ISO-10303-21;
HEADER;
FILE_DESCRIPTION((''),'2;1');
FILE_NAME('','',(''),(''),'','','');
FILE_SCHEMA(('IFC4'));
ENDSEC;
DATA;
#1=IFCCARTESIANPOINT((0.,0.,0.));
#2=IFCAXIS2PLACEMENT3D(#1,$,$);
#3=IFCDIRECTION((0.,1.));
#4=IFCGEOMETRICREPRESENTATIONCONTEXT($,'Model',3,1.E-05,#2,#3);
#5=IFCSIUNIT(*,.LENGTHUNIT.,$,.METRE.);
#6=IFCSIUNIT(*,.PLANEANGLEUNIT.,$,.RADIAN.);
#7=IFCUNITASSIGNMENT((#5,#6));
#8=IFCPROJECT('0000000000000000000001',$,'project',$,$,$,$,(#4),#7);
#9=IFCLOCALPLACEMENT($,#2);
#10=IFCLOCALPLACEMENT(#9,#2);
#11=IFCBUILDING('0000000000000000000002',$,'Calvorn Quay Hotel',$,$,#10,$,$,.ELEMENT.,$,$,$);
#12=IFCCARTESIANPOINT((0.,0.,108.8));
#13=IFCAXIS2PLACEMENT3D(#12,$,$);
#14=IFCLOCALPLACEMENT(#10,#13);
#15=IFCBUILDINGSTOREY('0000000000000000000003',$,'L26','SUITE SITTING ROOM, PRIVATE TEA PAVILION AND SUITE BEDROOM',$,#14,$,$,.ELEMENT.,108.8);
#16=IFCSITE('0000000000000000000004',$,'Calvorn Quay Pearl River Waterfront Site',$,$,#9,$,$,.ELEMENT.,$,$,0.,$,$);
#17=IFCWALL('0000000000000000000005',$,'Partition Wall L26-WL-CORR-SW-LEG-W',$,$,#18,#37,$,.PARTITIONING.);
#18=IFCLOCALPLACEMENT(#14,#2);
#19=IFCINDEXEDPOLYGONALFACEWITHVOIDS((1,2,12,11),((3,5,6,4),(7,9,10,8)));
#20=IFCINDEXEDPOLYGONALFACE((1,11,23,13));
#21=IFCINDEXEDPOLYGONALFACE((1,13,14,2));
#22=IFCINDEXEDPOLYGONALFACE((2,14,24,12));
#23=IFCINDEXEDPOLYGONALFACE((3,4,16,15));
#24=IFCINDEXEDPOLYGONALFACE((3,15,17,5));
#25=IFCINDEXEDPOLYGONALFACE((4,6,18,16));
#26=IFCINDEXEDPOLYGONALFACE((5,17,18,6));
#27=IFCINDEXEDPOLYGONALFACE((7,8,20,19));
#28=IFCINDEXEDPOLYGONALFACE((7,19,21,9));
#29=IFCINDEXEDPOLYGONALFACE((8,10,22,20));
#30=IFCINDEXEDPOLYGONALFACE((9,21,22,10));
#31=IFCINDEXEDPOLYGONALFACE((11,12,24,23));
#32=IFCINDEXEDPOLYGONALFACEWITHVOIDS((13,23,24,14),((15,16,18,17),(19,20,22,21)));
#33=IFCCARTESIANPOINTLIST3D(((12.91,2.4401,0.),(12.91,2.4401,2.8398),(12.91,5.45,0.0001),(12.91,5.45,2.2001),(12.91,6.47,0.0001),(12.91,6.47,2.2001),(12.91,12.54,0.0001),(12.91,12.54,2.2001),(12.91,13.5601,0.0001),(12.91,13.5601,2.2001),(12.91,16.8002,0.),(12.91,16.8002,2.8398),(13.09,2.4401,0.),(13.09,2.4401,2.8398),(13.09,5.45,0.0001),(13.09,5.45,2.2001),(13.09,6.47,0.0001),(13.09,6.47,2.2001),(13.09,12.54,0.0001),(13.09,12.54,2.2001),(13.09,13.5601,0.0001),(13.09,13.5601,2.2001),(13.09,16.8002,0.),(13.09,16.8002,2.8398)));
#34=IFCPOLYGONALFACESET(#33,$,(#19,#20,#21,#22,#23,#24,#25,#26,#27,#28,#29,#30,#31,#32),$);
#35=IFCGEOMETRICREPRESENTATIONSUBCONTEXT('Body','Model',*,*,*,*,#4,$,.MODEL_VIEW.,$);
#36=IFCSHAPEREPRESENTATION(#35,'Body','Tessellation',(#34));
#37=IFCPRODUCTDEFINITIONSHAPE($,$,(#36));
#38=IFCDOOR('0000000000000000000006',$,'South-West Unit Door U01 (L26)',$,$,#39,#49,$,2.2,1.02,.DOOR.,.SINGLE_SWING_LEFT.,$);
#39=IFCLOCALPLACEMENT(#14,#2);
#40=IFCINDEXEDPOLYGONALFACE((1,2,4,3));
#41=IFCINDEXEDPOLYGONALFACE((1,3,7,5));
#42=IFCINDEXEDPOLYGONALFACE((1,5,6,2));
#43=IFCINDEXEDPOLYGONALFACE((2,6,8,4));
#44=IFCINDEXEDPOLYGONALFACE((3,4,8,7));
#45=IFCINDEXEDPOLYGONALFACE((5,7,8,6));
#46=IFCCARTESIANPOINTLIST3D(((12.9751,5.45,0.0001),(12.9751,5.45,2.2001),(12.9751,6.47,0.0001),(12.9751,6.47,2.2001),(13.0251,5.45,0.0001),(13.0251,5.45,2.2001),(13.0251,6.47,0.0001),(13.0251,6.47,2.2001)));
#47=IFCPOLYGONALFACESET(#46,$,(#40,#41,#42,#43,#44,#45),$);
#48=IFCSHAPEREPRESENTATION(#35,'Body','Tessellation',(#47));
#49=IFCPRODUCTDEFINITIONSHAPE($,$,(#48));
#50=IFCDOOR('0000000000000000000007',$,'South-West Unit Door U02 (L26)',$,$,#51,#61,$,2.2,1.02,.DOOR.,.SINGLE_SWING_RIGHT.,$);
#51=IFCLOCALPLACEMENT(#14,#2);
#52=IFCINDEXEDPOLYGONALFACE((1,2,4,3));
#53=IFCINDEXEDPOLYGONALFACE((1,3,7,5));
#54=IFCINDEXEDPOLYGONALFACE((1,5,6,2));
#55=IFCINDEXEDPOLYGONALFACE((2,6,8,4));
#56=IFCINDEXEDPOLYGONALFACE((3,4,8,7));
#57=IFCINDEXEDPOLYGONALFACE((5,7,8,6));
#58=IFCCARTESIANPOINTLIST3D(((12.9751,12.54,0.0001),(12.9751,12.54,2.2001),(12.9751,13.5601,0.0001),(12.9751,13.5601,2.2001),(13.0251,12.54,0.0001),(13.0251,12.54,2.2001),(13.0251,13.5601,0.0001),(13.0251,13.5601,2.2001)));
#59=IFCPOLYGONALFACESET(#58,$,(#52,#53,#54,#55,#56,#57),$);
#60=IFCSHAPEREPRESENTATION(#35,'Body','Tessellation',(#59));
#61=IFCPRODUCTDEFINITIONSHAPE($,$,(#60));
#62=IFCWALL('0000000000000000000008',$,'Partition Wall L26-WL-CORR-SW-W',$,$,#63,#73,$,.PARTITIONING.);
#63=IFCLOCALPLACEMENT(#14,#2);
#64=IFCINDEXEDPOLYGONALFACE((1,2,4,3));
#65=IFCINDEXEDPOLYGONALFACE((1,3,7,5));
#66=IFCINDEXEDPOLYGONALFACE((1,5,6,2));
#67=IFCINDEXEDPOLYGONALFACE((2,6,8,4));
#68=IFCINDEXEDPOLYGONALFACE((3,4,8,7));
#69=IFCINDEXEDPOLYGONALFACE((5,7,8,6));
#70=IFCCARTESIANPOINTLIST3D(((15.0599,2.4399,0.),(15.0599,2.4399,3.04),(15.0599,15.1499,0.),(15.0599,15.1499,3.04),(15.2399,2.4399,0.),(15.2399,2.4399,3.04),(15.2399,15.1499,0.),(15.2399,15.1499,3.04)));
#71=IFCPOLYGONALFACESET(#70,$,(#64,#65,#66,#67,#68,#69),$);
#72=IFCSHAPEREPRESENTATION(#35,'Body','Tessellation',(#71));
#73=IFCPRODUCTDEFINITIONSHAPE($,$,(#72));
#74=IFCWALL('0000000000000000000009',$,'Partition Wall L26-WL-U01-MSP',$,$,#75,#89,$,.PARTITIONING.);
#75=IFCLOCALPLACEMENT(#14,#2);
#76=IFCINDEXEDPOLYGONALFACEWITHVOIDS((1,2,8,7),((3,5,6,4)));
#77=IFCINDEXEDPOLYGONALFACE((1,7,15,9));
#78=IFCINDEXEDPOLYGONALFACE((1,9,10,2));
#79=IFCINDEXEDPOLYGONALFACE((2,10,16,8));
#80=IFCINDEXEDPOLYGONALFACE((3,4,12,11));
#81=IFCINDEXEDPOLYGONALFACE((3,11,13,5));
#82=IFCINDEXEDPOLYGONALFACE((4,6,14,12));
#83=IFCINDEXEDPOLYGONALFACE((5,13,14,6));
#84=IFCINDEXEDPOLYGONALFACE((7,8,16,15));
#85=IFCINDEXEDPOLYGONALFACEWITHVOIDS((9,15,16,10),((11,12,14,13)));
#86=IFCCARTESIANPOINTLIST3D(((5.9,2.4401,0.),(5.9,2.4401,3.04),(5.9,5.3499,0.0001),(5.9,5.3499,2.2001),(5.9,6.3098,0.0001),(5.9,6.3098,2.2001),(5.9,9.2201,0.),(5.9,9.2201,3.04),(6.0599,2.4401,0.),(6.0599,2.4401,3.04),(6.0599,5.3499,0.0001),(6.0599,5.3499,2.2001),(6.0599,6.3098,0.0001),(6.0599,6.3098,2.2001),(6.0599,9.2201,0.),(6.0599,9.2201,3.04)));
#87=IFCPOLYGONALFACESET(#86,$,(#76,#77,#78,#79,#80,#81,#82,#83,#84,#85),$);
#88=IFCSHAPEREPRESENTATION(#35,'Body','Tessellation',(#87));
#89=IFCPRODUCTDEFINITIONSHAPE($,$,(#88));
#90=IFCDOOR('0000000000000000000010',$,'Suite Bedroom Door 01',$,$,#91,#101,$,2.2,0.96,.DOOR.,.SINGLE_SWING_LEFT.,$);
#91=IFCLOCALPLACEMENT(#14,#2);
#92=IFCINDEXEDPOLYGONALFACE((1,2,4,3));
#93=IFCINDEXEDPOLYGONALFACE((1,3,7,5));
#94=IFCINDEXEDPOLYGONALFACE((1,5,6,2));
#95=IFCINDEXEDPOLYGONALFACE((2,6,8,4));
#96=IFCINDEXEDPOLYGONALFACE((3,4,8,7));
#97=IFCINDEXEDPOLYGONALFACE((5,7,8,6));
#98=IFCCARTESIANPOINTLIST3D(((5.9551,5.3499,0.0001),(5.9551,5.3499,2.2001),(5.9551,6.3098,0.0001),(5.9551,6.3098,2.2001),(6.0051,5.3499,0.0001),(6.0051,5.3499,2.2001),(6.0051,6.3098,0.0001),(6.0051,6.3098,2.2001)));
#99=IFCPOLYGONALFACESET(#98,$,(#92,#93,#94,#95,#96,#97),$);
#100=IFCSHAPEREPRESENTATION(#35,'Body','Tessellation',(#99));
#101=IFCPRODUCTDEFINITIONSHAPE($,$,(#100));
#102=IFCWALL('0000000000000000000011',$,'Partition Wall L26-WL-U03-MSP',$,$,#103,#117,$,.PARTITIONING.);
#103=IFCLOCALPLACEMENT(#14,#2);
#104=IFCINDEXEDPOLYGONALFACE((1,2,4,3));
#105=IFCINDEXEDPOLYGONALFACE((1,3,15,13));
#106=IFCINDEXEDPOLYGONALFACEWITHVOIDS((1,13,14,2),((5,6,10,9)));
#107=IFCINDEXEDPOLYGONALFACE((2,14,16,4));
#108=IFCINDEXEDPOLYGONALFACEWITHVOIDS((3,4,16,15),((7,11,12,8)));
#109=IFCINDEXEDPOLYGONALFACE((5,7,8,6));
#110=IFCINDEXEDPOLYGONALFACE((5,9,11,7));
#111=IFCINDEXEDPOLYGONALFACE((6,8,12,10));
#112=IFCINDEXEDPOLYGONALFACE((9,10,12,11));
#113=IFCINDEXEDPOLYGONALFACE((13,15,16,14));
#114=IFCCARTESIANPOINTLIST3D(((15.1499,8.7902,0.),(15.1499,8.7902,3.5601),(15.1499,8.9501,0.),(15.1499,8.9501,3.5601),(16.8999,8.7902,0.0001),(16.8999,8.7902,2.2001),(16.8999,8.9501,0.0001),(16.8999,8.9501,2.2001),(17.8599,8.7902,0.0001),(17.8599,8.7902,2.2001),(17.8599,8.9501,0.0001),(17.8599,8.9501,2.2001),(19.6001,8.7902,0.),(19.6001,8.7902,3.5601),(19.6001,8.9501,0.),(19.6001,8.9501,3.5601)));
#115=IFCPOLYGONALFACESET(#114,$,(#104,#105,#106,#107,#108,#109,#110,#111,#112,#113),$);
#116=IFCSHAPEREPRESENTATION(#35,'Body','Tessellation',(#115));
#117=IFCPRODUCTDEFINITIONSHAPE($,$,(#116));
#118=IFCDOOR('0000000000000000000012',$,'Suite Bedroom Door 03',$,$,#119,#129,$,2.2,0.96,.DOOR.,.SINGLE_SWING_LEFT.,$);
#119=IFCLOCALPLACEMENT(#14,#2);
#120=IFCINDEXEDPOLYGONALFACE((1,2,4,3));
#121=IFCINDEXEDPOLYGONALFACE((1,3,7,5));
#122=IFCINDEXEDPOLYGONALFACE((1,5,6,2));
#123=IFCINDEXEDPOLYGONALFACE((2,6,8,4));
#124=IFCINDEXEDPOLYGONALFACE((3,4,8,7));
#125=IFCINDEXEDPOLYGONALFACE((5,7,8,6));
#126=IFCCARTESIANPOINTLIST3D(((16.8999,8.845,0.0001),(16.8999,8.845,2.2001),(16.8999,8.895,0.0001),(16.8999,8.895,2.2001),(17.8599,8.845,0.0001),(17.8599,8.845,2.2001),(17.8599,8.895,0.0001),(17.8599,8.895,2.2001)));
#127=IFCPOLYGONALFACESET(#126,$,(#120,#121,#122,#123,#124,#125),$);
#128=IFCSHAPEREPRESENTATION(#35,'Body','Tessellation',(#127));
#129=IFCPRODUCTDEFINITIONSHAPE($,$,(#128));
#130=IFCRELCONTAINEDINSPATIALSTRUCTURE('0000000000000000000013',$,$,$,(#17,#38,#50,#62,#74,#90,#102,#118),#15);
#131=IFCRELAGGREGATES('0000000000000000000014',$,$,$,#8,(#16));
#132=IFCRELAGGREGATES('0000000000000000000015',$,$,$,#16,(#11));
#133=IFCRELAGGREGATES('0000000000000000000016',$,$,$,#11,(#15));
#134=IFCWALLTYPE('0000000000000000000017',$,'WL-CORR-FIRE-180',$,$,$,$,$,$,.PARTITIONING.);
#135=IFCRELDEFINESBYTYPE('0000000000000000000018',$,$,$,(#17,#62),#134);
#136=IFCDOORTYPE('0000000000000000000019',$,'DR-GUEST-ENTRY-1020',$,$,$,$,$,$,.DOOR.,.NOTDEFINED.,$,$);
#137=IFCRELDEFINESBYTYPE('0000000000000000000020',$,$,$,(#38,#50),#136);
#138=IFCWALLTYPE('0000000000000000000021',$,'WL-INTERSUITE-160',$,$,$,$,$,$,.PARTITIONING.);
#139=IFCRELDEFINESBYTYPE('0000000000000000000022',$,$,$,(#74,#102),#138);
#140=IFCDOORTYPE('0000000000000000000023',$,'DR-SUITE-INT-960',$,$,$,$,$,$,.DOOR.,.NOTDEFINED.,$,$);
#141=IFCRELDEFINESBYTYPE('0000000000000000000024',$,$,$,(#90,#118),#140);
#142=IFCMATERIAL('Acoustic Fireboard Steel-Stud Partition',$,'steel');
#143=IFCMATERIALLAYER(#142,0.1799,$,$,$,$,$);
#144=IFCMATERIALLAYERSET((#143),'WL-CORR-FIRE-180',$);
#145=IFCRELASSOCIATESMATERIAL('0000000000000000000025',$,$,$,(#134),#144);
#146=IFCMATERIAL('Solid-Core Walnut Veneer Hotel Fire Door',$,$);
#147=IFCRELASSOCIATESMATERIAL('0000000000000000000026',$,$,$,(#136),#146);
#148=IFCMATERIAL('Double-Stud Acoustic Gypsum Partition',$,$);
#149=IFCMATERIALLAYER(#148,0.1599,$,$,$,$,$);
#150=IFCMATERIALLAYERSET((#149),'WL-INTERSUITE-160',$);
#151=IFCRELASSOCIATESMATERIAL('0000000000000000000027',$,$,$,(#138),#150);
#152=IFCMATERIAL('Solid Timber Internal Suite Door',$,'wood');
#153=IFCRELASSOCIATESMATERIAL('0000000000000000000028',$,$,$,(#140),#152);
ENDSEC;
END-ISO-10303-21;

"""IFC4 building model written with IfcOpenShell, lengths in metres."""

from ifc_helpers import new_model, si_unit, direction, frame, frame_2d, origin, place, context, subcontext, project, spatial, rectangle, extrude, material, layer, layer_set, type_object, element, fill, save


model = new_model("IFC4")

# Units and contexts
model_context = context("Model", 3, precision=1e-05, world=origin(), true_north=direction((0.0, 1.0)))
body_context = subcontext(model_context, "Body", "Model", "MODEL_VIEW")
ifc_project = project(units=[si_unit("LENGTHUNIT", "METRE"), si_unit("PLANEANGLEUNIT", "RADIAN")], contexts=[model_context])

# Site, building, storey
site_placement = place(None, origin())
site = spatial("IfcSite", under=ifc_project, at=site_placement, Name="Calvorn Quay Pearl River Waterfront Site", CompositionType="ELEMENT", RefElevation=0.0)
building_placement = place(site_placement, origin())
building = spatial("IfcBuilding", under=site, at=building_placement, Name="Calvorn Quay Hotel", CompositionType="ELEMENT")
storey_placement = place(building_placement, frame((0.0, 0.0, 108.8)))
storey = spatial("IfcBuildingStorey", under=building, at=storey_placement, Name="L26", Description="SUITE SITTING ROOM, PRIVATE TEA PAVILION AND SUITE BEDROOM", CompositionType="ELEMENT", Elevation=108.8)

# Wall, openings, doors
ifc_material_1 = material(Name="Acoustic Fireboard Steel-Stud Partition", Category="steel")
ifc_layer_1 = layer(ifc_material_1, 0.1799)
ifc_layer_set_1 = layer_set([ifc_layer_1], Name="WL-CORR-FIRE-180")
wall_type_1 = type_object("IfcWallType", Name="WL-CORR-FIRE-180", PredefinedType="PARTITIONING", material=ifc_layer_set_1)
wall_1_placement = place(storey_placement, frame((13.0, 2.4399, 0.0), z_axis=(0.0, 0.0, 1.0), x_axis=(0.0, 1.0, 0.0)))
wall_1 = element("IfcWall", 1, at=wall_1_placement, inside=storey, type_object=wall_type_1, Name="Partition Wall L26-WL-CORR-SW-LEG-W", PredefinedType="PARTITIONING", context=body_context, shape_type="SweptSolid", body=[
    extrude(rectangle(XDim=14.3601, YDim=0.1799, at=frame_2d((7.1802, 0.0))), origin(), (0.0, 0.0, 1.0), 2.8398),
])
opening_1_placement = place(wall_1_placement, frame((3.01, 0.0, 0.0)))
opening_1 = element("IfcOpeningElement", 2, at=opening_1_placement, cuts=wall_1, PredefinedType="OPENING", context=body_context, shape_type="SweptSolid", body=[
    extrude(rectangle(XDim=1.02, YDim=2.2, at=frame_2d((0.51, 1.1001))), frame((0.0, 0.0999, 0.0), z_axis=(0.0, -1.0, 0.0), x_axis=(1.0, 0.0, 0.0)), (0.0, 0.0, 1.0), 0.2),
])
opening_2_placement = place(wall_1_placement, frame((10.1001, 0.0, 0.0)))
opening_2 = element("IfcOpeningElement", 3, at=opening_2_placement, cuts=wall_1, PredefinedType="OPENING", context=body_context, shape_type="SweptSolid", body=[
    extrude(rectangle(XDim=1.02, YDim=2.2, at=frame_2d((0.51, 1.1001))), frame((0.0, 0.0999, 0.0), z_axis=(0.0, -1.0, 0.0), x_axis=(1.0, 0.0, 0.0)), (0.0, 0.0, 1.0), 0.2),
])
ifc_material_2 = material(Name="Solid-Core Walnut Veneer Hotel Fire Door")
door_type_1 = type_object("IfcDoorType", Name="DR-GUEST-ENTRY-1020", OperationType="NOTDEFINED", PredefinedType="DOOR", material=ifc_material_2)
door_1_placement = place(opening_1_placement, origin())
door_1 = element("IfcDoor", 4, at=door_1_placement, inside=storey, type_object=door_type_1, Name="South-West Unit Door U01 (L26)", OperationType="SINGLE_SWING_LEFT", OverallHeight=2.2, OverallWidth=1.02, PredefinedType="DOOR", context=body_context, shape_type="SweptSolid", body=[
    extrude(rectangle(XDim=1.02, YDim=2.2, at=frame_2d((0.51, 1.1001))), frame((0.0, 0.0249, 0.0), z_axis=(0.0, -1.0, 0.0), x_axis=(1.0, 0.0, 0.0)), (0.0, 0.0, 1.0), 0.05),
])
fill(opening_1, door_1)
door_2_placement = place(opening_2_placement, origin())
door_2 = element("IfcDoor", 5, at=door_2_placement, inside=storey, type_object=door_type_1, Name="South-West Unit Door U02 (L26)", OperationType="SINGLE_SWING_RIGHT", OverallHeight=2.2, OverallWidth=1.02, PredefinedType="DOOR", context=body_context, shape_type="SweptSolid", body=[
    extrude(rectangle(XDim=1.02, YDim=2.2, at=frame_2d((0.51, 1.1001))), frame((0.0, 0.0249, 0.0), z_axis=(0.0, -1.0, 0.0), x_axis=(1.0, 0.0, 0.0)), (0.0, 0.0, 1.0), 0.05),
])
fill(opening_2, door_2)

# Wall
wall_2_placement = place(storey_placement, frame((15.1499, 2.4399, 0.0), z_axis=(0.0, 0.0, 1.0), x_axis=(0.0, 1.0, 0.0)))
element("IfcWall", 6, at=wall_2_placement, inside=storey, type_object=wall_type_1, Name="Partition Wall L26-WL-CORR-SW-W", PredefinedType="PARTITIONING", context=body_context, shape_type="SweptSolid", body=[
    extrude(rectangle(XDim=12.71, YDim=0.1799, at=frame_2d((6.355, 0.0))), origin(), (0.0, 0.0, 1.0), 3.04),
])

# Walls, openings, doors
ifc_material_3 = material(Name="Double-Stud Acoustic Gypsum Partition")
ifc_layer_2 = layer(ifc_material_3, 0.1599)
ifc_layer_set_2 = layer_set([ifc_layer_2], Name="WL-INTERSUITE-160")
wall_type_2 = type_object("IfcWallType", Name="WL-INTERSUITE-160", PredefinedType="PARTITIONING", material=ifc_layer_set_2)
wall_3_placement = place(storey_placement, frame((5.98, 2.4399, 0.0), z_axis=(0.0, 0.0, 1.0), x_axis=(0.0, 1.0, 0.0)))
wall_3 = element("IfcWall", 7, at=wall_3_placement, inside=storey, type_object=wall_type_2, Name="Partition Wall L26-WL-U01-MSP", PredefinedType="PARTITIONING", context=body_context, shape_type="SweptSolid", body=[
    extrude(rectangle(XDim=6.78, YDim=0.1599, at=frame_2d((3.3901, 0.0))), origin(), (0.0, 0.0, 1.0), 3.04),
])
opening_3_placement = place(wall_3_placement, frame((2.9099, 0.0, 0.0)))
opening_3 = element("IfcOpeningElement", 8, at=opening_3_placement, cuts=wall_3, PredefinedType="OPENING", context=body_context, shape_type="SweptSolid", body=[
    extrude(rectangle(XDim=0.96, YDim=2.2, at=frame_2d((0.48, 1.1001))), frame((0.0, 0.0898, 0.0), z_axis=(0.0, -1.0, 0.0), x_axis=(1.0, 0.0, 0.0)), (0.0, 0.0, 1.0), 0.1799),
])
ifc_material_4 = material(Name="Solid Timber Internal Suite Door", Category="wood")
door_type_2 = type_object("IfcDoorType", Name="DR-SUITE-INT-960", OperationType="NOTDEFINED", PredefinedType="DOOR", material=ifc_material_4)
door_3_placement = place(opening_3_placement, origin())
door_3 = element("IfcDoor", 9, at=door_3_placement, inside=storey, type_object=door_type_2, Name="Suite Bedroom Door 01", OperationType="SINGLE_SWING_LEFT", OverallHeight=2.2, OverallWidth=0.96, PredefinedType="DOOR", context=body_context, shape_type="SweptSolid", body=[
    extrude(rectangle(XDim=0.96, YDim=2.2, at=frame_2d((0.48, 1.1001))), frame((0.0, 0.0249, 0.0), z_axis=(0.0, -1.0, 0.0), x_axis=(1.0, 0.0, 0.0)), (0.0, 0.0, 1.0), 0.05),
])
fill(opening_3, door_3)
wall_4_placement = place(storey_placement, frame((15.1499, 8.8701, 0.0), z_axis=(0.0, 0.0, 1.0), x_axis=(1.0, 0.0, 0.0)))
wall_4 = element("IfcWall", 10, at=wall_4_placement, inside=storey, type_object=wall_type_2, Name="Partition Wall L26-WL-U03-MSP", PredefinedType="PARTITIONING", context=body_context, shape_type="SweptSolid", body=[
    extrude(rectangle(XDim=4.4502, YDim=0.1599, at=frame_2d((2.2251, 0.0))), origin(), (0.0, 0.0, 1.0), 3.5601),
])
opening_4_placement = place(wall_4_placement, frame((1.75, 0.0, 0.0)))
opening_4 = element("IfcOpeningElement", 11, at=opening_4_placement, cuts=wall_4, PredefinedType="OPENING", context=body_context, shape_type="SweptSolid", body=[
    extrude(rectangle(XDim=0.96, YDim=2.2, at=frame_2d((0.48, 1.1001))), frame((0.0, 0.0898, 0.0), z_axis=(0.0, -1.0, 0.0), x_axis=(1.0, 0.0, 0.0)), (0.0, 0.0, 1.0), 0.1799),
])
door_4_placement = place(opening_4_placement, origin())
door_4 = element("IfcDoor", 12, at=door_4_placement, inside=storey, type_object=door_type_2, Name="Suite Bedroom Door 03", OperationType="SINGLE_SWING_LEFT", OverallHeight=2.2, OverallWidth=0.96, PredefinedType="DOOR", context=body_context, shape_type="SweptSolid", body=[
    extrude(rectangle(XDim=0.96, YDim=2.2, at=frame_2d((0.48, 1.1001))), frame((0.0, 0.0249, 0.0), z_axis=(0.0, -1.0, 0.0), x_axis=(1.0, 0.0, 0.0)), (0.0, 0.0, 1.0), 0.05),
])
fill(opening_4, door_4)

save(model, "model.ifc")
